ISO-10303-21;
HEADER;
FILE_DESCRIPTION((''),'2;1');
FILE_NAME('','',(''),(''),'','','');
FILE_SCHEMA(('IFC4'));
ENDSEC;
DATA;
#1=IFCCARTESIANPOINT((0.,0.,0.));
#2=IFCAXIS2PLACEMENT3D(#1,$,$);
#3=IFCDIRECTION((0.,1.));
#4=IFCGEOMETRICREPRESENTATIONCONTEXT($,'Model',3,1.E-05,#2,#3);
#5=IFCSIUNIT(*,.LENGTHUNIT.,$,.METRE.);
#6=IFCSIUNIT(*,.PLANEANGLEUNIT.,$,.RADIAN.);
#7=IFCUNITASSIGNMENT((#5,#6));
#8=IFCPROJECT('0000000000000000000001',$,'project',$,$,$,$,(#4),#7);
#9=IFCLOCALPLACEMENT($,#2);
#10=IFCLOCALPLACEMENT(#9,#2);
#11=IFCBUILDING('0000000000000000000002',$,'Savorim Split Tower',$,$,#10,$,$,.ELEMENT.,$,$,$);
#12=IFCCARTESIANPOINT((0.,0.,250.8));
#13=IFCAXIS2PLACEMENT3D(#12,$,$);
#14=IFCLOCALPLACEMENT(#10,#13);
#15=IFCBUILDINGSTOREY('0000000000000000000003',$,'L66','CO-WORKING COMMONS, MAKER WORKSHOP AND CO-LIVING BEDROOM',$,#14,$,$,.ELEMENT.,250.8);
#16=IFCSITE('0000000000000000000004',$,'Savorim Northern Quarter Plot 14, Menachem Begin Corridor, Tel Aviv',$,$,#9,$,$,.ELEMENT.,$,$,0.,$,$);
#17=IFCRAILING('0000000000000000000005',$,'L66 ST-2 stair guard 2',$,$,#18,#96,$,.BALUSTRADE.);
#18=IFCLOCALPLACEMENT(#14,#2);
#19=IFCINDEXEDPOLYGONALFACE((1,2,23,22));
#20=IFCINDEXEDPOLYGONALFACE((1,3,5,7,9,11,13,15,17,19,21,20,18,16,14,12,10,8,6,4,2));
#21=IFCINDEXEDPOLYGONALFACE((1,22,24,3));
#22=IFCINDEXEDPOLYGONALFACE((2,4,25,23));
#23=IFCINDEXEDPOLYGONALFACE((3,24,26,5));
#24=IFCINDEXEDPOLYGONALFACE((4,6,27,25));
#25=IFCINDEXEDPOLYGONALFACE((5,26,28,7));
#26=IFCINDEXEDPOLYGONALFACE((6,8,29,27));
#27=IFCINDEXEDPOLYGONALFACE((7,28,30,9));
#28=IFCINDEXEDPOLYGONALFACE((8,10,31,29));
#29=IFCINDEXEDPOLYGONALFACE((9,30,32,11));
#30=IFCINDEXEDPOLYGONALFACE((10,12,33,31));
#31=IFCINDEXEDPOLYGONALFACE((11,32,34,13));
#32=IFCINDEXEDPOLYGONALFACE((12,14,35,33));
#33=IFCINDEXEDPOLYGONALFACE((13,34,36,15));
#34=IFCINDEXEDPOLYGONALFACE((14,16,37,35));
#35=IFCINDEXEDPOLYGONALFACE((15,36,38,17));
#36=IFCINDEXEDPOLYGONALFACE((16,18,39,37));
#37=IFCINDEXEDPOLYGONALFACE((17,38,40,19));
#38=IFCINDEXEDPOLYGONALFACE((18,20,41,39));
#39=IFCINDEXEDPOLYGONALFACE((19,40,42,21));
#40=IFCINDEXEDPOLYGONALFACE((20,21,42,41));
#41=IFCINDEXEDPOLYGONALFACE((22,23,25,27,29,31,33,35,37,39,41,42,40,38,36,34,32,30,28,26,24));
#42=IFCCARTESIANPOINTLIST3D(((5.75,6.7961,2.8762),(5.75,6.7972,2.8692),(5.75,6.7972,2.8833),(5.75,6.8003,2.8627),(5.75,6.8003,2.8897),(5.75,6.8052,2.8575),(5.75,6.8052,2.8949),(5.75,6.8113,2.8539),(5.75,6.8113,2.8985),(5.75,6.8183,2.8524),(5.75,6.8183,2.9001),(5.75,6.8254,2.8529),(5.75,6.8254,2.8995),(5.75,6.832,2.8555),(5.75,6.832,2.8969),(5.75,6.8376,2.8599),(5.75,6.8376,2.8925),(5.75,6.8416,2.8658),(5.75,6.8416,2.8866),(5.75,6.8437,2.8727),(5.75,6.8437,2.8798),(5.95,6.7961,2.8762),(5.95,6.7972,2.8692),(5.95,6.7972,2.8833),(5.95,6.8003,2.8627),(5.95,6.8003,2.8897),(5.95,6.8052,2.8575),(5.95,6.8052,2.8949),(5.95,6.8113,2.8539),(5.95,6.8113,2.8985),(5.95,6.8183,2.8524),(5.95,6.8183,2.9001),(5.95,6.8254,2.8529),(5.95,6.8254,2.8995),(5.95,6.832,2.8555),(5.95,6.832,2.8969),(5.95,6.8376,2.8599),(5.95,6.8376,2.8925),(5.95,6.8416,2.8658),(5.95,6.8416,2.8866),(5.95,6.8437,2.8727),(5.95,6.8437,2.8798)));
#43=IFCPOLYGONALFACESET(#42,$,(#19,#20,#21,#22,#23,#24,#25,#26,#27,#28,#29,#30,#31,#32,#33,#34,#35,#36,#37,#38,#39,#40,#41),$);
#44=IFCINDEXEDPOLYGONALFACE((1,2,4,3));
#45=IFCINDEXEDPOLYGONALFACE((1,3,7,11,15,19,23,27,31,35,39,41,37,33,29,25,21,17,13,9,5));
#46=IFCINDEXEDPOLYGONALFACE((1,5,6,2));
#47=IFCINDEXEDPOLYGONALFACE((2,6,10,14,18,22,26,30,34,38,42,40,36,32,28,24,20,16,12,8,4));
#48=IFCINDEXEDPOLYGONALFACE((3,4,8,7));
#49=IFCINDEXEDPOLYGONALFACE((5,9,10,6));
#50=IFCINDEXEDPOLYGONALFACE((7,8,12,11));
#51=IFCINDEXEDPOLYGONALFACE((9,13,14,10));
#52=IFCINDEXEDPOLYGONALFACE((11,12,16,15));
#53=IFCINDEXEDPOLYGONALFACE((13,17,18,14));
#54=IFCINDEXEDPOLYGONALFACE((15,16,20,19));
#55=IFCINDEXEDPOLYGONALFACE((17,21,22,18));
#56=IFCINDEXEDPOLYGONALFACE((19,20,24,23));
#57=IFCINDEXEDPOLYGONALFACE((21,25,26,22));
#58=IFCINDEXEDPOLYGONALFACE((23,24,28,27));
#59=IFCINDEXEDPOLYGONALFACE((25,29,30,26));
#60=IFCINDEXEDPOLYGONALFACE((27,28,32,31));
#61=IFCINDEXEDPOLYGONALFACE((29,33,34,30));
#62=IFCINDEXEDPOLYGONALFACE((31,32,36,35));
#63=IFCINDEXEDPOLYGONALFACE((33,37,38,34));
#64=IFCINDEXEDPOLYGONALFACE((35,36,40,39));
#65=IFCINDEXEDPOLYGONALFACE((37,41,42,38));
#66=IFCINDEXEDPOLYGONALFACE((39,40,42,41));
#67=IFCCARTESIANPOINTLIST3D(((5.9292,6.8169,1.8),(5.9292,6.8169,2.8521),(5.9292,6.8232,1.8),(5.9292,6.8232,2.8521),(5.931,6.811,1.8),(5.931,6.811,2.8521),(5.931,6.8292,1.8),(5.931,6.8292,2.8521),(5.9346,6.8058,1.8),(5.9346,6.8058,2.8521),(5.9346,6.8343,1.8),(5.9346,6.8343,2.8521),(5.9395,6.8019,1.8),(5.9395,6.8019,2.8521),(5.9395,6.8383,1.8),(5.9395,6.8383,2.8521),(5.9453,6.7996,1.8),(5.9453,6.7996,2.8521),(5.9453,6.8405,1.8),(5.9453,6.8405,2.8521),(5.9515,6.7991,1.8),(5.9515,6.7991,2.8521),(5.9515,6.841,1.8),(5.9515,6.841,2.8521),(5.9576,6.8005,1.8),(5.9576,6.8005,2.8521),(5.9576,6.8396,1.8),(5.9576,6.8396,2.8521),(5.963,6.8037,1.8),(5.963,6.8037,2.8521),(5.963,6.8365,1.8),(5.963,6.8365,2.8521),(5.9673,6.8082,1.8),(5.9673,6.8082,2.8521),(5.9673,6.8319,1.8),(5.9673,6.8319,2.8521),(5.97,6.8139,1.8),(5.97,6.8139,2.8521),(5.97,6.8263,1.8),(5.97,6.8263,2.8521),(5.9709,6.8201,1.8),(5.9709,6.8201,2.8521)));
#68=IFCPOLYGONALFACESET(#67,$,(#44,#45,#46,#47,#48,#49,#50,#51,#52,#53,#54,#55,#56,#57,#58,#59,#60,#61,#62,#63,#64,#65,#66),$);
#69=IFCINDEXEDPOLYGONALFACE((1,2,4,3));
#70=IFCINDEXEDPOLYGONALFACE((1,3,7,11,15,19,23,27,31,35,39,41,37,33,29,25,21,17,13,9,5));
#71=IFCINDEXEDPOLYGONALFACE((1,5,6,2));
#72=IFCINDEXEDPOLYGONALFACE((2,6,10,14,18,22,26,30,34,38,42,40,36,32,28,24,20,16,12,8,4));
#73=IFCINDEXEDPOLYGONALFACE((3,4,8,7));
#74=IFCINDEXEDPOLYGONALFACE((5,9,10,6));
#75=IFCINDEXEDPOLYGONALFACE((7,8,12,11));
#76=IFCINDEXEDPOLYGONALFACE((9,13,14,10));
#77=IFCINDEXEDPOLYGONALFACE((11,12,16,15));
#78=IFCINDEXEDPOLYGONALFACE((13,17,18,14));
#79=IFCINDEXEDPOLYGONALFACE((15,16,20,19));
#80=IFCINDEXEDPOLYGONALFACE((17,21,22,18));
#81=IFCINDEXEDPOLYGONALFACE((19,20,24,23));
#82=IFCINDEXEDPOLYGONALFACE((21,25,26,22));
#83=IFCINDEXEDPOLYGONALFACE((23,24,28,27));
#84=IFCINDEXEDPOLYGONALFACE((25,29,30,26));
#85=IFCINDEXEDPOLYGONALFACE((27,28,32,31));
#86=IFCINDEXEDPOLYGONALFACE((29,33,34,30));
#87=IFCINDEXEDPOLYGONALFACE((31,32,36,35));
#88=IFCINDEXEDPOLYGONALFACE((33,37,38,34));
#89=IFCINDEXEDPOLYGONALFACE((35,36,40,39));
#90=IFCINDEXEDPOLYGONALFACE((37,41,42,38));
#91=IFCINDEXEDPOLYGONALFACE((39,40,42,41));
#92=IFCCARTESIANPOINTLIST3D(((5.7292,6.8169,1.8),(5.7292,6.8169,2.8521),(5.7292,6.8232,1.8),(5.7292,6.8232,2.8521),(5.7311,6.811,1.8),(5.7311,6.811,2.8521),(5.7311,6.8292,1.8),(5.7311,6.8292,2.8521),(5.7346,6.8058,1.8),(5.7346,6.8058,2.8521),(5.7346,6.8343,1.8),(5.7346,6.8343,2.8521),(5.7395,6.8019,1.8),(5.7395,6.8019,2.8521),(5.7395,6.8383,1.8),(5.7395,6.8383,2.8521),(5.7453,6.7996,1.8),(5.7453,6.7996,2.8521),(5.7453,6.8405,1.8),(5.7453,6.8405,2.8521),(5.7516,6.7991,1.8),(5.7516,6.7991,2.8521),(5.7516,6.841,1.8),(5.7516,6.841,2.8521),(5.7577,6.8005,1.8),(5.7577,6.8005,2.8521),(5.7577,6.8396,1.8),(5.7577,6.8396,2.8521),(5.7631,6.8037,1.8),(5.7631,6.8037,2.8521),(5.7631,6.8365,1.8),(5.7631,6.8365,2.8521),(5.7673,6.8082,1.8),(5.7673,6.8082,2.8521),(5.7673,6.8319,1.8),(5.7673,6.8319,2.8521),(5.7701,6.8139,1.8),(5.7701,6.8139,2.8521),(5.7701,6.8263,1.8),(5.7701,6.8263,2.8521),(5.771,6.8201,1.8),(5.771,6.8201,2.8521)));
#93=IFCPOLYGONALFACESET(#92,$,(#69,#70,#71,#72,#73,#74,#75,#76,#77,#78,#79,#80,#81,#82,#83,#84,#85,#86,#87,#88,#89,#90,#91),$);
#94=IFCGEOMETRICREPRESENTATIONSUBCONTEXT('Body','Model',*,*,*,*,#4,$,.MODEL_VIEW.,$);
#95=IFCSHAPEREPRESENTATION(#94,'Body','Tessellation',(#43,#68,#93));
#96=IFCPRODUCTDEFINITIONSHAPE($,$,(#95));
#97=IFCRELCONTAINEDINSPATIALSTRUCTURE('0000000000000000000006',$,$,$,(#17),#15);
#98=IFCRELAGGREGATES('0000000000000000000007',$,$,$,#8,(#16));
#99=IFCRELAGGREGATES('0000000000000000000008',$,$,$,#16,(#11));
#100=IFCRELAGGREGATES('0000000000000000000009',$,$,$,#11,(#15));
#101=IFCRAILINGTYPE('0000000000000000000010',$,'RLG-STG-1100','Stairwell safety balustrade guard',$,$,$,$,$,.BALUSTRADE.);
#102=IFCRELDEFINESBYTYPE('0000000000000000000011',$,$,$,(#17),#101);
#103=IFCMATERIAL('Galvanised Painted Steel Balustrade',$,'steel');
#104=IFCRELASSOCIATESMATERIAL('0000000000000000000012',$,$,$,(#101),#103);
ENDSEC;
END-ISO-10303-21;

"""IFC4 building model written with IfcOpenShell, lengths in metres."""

from ifc_helpers import new_model, si_unit, direction, frame, origin, origin_2d, place, context, subcontext, project, spatial, circle, extrude, material, type_object, element, save


model = new_model("IFC4")

# Units and contexts
model_context = context("Model", 3, precision=1e-05, world=origin(), true_north=direction((0.0, 1.0)))
body_context = subcontext(model_context, "Body", "Model", "MODEL_VIEW")
ifc_project = project(units=[si_unit("LENGTHUNIT", "METRE"), si_unit("PLANEANGLEUNIT", "RADIAN")], contexts=[model_context])

# Site, building, storey
site_placement = place(None, origin())
site = spatial("IfcSite", under=ifc_project, at=site_placement, Name="Savorim Northern Quarter Plot 14, Menachem Begin Corridor, Tel Aviv", CompositionType="ELEMENT", RefElevation=0.0)
building_placement = place(site_placement, origin())
building = spatial("IfcBuilding", under=site, at=building_placement, Name="Savorim Split Tower", CompositionType="ELEMENT")
storey_placement = place(building_placement, frame((0.0, 0.0, 250.8)))
storey = spatial("IfcBuildingStorey", under=building, at=storey_placement, Name="L66", Description="CO-WORKING COMMONS, MAKER WORKSHOP AND CO-LIVING BEDROOM", CompositionType="ELEMENT", Elevation=250.8)

# Railing
ifc_material_1 = material(Name="Galvanised Painted Steel Balustrade", Category="steel")
railing_type_1 = type_object("IfcRailingType", Name="RLG-STG-1100", Description="Stairwell safety balustrade guard", PredefinedType="BALUSTRADE", material=ifc_material_1)
railing_1_placement = place(storey_placement, frame((5.95, 6.8201, 1.8)))
element("IfcRailing", 1, at=railing_1_placement, inside=storey, type_object=railing_type_1, Name="L66 ST-2 stair guard 2", PredefinedType="BALUSTRADE", context=body_context, shape_type="SweptSolid", body=[
    extrude(circle(Radius=0.0239, at=origin_2d()), frame((0.0, 0.0, 1.0762), z_axis=(-1.0, 0.0, 0.0), x_axis=(0.0, -1.0, 0.0)), (0.0, 0.0, 1.0), 0.2),
    extrude(circle(Radius=0.021, at=origin_2d()), origin(), (0.0, 0.0, 1.0), 1.052),
    extrude(circle(Radius=0.021, at=origin_2d()), frame((-0.2, 0.0, 0.0)), (0.0, 0.0, 1.0), 1.052),
])

save(model, "model.ifc")
